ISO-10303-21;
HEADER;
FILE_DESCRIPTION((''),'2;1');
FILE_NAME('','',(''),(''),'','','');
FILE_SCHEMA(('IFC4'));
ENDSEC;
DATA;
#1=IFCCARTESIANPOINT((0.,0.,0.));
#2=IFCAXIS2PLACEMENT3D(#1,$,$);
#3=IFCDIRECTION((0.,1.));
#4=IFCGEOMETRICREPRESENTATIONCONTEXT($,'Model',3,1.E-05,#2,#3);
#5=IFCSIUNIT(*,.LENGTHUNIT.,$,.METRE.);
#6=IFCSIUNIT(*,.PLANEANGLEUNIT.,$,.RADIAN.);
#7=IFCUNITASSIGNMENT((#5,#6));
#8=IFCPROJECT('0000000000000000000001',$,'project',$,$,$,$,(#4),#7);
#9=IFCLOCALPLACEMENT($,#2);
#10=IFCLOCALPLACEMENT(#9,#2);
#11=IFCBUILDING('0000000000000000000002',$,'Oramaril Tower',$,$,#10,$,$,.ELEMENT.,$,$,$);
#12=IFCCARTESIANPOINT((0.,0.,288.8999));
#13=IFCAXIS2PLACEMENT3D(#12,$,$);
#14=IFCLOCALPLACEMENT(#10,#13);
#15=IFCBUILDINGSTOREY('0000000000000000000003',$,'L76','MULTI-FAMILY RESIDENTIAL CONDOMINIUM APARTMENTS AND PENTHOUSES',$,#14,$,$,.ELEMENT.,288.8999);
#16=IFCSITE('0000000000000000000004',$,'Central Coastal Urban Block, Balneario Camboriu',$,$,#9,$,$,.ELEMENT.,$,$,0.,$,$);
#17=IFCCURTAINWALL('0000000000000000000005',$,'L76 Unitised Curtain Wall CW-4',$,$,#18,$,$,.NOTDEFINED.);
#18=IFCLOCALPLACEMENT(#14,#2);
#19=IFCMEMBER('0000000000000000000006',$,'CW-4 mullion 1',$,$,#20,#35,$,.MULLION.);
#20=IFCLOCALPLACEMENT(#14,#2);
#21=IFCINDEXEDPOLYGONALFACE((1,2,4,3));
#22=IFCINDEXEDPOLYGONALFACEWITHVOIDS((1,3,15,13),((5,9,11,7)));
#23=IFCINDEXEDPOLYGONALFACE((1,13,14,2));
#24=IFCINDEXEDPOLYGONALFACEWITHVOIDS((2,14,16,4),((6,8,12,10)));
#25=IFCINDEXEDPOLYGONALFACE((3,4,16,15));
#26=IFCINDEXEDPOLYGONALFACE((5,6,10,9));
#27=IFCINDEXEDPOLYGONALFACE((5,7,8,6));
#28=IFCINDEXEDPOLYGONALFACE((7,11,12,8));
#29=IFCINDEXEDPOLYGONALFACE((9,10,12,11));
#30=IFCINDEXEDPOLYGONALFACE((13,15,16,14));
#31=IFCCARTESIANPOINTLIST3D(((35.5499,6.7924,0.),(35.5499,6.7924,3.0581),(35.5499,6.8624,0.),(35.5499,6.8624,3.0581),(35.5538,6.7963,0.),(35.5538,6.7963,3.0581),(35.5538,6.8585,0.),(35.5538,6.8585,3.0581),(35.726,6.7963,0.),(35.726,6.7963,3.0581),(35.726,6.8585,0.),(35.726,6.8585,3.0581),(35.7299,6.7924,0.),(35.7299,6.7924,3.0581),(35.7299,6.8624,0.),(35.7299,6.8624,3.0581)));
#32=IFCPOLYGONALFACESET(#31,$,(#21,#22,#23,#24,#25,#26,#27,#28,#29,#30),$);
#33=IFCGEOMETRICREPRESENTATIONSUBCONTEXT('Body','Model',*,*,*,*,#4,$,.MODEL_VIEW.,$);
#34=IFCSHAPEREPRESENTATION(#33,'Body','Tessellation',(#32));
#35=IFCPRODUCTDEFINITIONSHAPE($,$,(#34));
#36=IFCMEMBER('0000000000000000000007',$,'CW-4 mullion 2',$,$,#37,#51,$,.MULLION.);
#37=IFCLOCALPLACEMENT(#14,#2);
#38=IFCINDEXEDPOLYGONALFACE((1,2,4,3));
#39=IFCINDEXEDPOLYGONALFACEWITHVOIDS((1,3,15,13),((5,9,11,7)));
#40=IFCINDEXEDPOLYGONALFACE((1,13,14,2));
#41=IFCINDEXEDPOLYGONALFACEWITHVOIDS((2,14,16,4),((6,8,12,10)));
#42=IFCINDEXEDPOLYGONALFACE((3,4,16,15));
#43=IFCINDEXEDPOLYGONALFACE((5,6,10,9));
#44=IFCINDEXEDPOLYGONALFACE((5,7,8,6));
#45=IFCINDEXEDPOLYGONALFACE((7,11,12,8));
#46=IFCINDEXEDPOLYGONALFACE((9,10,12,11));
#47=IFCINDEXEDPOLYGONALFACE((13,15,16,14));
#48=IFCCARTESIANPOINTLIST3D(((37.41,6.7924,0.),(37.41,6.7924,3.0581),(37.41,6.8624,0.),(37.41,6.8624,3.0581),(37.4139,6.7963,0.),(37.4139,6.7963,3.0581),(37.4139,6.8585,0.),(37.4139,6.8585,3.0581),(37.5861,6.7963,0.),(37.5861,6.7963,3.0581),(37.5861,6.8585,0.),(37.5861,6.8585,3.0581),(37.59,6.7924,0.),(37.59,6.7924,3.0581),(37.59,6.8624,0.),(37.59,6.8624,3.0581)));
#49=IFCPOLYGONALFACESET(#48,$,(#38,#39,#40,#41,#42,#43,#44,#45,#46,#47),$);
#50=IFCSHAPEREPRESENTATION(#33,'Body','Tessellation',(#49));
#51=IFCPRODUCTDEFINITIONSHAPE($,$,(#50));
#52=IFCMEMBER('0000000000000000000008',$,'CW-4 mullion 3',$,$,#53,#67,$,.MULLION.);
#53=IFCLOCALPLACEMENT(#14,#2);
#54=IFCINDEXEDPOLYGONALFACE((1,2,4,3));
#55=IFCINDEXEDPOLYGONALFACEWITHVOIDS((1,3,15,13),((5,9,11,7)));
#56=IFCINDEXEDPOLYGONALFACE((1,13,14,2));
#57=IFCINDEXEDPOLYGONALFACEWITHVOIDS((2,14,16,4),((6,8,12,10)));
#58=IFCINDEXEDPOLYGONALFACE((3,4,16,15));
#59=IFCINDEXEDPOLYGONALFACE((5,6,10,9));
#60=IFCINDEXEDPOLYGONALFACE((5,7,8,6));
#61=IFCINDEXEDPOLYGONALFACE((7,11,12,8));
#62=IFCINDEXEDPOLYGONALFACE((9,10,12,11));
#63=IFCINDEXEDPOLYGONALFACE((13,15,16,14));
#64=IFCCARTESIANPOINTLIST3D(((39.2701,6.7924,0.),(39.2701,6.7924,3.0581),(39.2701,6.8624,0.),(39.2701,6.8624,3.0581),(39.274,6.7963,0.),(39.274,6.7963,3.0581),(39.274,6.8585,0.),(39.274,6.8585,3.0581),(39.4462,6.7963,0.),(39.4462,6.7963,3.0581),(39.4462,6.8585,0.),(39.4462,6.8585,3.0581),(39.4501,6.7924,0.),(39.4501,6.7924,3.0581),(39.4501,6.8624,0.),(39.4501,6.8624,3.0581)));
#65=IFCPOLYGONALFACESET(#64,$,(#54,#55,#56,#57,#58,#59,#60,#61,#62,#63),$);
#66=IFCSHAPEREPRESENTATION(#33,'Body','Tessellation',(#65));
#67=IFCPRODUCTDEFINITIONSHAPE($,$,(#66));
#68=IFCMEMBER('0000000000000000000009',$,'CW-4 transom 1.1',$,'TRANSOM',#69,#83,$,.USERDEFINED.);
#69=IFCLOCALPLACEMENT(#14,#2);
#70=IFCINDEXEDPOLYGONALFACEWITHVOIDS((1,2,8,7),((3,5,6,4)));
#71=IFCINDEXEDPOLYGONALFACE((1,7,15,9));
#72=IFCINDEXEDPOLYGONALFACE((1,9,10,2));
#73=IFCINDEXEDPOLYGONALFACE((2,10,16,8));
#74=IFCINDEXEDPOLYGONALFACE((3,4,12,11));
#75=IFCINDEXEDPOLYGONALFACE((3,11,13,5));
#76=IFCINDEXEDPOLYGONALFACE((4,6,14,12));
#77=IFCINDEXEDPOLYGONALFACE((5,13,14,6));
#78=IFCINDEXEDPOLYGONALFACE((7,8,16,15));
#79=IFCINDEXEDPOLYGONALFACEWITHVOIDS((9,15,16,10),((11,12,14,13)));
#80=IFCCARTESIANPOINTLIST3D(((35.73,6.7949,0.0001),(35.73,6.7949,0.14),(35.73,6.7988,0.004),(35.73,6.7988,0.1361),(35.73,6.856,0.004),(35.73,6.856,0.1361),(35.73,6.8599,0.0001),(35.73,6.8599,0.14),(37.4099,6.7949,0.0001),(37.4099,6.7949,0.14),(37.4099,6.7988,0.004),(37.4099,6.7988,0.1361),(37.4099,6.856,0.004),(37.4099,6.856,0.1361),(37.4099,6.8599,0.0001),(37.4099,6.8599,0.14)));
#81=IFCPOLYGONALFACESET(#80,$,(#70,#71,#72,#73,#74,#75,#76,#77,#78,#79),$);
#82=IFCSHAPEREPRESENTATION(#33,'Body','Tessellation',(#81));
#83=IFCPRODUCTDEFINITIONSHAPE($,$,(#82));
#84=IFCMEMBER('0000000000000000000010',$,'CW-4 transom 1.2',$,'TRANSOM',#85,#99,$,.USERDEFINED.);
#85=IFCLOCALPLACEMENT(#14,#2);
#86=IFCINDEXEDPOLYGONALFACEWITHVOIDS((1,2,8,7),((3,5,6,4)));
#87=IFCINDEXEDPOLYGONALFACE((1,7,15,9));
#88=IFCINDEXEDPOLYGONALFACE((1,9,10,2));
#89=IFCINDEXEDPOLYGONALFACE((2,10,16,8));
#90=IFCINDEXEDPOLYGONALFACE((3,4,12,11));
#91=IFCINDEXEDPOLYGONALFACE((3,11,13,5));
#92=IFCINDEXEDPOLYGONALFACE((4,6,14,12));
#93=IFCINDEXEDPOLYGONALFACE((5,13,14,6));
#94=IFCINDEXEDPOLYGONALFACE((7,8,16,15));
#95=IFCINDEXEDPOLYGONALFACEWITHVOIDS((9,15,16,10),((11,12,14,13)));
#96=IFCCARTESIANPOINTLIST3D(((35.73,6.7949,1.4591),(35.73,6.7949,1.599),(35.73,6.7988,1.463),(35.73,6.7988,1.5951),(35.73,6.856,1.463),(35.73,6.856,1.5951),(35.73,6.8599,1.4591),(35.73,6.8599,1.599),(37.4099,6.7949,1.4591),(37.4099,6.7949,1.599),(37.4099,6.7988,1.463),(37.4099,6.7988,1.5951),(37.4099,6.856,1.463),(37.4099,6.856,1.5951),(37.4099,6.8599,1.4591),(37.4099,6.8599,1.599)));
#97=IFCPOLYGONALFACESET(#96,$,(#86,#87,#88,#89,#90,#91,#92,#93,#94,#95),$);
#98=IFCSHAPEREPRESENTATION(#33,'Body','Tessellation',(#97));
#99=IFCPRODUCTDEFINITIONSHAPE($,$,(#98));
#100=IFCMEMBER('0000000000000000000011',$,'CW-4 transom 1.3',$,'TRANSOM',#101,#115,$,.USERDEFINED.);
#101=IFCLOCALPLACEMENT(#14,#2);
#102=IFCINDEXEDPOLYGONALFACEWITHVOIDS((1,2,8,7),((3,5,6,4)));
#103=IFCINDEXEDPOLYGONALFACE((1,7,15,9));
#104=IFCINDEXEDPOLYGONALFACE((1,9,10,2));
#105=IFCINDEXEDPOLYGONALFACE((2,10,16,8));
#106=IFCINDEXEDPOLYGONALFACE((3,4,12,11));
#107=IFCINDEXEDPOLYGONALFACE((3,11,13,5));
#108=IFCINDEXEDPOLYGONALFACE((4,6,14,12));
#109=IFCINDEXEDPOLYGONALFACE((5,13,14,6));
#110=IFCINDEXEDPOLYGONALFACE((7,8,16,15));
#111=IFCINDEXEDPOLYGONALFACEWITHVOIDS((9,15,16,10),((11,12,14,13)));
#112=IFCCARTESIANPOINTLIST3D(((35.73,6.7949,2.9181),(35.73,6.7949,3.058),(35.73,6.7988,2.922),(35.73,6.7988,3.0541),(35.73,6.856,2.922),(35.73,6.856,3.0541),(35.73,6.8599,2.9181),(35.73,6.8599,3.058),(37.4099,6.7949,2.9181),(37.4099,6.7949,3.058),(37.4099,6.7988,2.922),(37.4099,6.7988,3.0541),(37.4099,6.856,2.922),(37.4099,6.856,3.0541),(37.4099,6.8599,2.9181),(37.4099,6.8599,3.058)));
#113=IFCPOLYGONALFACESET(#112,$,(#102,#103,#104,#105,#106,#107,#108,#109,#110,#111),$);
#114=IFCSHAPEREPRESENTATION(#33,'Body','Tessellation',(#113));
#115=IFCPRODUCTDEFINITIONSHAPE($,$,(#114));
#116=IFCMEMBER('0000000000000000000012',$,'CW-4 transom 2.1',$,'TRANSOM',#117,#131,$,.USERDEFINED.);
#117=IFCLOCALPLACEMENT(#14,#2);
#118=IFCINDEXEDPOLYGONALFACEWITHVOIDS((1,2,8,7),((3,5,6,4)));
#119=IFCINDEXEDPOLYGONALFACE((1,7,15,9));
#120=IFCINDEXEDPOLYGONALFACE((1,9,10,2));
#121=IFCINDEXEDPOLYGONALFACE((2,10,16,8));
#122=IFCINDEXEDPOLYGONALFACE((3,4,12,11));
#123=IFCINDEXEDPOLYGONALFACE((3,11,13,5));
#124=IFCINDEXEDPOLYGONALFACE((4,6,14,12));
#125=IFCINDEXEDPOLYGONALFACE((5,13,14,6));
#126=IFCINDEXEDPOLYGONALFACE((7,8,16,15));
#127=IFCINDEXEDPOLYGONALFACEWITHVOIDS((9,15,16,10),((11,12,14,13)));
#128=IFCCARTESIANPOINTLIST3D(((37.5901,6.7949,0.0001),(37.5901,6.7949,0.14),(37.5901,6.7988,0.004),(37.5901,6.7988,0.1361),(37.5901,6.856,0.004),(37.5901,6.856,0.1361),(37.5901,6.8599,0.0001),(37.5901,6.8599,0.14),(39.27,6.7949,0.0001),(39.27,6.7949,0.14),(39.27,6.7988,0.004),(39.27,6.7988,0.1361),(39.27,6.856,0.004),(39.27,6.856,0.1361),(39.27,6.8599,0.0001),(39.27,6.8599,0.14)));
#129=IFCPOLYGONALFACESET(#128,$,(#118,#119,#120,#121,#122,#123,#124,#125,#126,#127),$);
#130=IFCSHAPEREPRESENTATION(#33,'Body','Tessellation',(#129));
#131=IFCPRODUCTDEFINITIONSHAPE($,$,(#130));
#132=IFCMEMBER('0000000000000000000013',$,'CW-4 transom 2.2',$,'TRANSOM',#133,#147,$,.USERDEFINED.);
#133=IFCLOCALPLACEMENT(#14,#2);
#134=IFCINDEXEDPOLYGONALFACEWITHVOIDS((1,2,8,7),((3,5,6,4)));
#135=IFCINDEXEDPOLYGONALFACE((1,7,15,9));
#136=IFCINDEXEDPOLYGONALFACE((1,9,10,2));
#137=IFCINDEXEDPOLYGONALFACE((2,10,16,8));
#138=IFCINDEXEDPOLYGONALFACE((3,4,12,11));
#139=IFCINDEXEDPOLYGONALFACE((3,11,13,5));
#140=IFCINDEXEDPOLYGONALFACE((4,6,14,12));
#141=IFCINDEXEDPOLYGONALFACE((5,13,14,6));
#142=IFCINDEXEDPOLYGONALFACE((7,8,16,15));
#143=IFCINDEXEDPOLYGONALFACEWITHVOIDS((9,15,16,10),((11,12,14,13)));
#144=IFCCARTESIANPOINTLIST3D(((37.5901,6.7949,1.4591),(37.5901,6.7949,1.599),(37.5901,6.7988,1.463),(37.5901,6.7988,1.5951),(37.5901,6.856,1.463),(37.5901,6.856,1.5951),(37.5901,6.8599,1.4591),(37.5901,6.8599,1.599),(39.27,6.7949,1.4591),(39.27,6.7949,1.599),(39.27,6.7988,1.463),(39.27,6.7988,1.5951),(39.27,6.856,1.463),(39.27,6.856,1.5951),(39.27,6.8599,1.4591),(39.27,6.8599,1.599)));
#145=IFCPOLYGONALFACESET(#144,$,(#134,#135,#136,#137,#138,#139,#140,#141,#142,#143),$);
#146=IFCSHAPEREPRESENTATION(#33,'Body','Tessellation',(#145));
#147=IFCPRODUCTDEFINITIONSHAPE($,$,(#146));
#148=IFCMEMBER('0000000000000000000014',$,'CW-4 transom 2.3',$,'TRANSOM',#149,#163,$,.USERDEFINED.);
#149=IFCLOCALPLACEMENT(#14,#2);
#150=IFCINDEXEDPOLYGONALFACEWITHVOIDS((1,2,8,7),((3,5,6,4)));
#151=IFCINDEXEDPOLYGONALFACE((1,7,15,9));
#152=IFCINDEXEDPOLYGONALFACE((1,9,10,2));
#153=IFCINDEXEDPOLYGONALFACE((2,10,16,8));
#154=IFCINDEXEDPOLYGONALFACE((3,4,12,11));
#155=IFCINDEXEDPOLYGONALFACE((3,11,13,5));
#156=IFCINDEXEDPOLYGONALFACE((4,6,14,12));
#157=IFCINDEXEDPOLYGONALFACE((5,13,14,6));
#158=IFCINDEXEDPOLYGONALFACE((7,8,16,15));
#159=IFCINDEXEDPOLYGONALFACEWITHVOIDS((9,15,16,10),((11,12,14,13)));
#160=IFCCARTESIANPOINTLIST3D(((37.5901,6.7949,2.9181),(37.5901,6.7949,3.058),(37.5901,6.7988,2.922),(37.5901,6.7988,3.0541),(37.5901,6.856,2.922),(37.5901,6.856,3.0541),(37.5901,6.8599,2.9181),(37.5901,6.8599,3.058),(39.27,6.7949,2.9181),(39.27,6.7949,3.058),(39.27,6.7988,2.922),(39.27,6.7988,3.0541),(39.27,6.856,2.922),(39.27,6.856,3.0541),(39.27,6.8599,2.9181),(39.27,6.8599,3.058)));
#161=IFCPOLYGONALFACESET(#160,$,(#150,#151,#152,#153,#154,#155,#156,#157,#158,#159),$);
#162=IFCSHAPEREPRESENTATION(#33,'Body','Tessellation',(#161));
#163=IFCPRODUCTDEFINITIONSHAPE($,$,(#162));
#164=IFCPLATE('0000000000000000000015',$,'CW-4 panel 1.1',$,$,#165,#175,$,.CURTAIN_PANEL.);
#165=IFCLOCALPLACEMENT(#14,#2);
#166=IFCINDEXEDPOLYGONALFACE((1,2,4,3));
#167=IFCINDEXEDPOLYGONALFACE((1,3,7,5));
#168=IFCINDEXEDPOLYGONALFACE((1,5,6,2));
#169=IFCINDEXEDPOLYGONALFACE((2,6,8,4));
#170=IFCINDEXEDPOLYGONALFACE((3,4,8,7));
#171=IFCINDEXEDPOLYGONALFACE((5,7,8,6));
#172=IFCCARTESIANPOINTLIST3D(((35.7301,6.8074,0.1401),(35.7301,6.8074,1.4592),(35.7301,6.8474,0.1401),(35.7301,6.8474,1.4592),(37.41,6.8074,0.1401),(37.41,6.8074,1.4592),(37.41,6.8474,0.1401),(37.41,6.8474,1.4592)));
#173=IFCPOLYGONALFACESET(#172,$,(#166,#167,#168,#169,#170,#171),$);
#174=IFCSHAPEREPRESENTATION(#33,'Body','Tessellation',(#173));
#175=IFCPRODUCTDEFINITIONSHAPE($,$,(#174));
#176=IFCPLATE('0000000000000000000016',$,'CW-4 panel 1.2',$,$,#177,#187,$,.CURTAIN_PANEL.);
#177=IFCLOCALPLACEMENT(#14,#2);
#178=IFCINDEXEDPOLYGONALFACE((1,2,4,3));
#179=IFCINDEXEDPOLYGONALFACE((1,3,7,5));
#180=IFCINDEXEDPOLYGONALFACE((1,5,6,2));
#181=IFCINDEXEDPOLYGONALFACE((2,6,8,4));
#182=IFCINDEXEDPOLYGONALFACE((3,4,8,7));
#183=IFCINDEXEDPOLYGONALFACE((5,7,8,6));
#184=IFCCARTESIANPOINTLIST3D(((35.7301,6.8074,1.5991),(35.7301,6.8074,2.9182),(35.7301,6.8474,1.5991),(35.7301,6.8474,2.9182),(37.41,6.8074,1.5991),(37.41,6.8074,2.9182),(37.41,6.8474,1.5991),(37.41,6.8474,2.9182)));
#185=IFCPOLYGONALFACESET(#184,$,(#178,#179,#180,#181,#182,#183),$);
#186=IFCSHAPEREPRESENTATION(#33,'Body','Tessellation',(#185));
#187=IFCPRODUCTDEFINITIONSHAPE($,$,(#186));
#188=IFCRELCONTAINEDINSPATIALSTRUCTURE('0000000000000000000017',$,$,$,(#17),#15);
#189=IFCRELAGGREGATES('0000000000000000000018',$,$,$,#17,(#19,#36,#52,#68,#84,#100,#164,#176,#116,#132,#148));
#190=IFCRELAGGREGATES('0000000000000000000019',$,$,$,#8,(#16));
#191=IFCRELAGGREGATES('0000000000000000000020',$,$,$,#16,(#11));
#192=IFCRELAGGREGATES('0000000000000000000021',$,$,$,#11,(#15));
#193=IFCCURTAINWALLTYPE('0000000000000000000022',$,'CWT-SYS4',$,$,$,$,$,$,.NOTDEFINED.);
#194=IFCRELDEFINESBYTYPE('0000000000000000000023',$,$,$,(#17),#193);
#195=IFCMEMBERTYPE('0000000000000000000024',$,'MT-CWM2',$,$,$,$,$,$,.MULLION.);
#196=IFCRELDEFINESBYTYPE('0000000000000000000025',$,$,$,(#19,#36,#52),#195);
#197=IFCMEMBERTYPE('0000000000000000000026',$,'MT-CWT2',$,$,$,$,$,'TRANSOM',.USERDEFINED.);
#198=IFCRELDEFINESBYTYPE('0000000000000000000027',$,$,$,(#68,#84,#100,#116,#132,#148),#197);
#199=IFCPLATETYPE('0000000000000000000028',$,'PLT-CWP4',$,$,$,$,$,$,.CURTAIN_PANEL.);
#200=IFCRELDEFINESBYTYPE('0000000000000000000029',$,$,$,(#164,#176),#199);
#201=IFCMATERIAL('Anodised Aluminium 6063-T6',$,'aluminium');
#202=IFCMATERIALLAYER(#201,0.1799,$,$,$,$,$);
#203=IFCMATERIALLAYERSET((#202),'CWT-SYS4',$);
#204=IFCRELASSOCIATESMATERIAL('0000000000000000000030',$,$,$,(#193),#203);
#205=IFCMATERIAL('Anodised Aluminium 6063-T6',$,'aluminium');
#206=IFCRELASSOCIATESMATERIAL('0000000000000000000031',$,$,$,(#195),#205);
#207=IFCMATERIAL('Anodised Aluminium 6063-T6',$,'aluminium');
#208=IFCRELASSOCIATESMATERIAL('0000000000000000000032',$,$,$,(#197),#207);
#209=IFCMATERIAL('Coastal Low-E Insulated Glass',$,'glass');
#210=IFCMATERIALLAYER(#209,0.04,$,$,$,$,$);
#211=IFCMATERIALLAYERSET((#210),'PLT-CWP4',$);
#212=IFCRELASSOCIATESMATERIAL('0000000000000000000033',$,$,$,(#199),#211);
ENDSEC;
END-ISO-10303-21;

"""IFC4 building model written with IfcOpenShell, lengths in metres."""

from ifc_helpers import new_model, si_unit, direction, frame, origin, origin_2d, place, context, subcontext, project, spatial, rectangle, hollow_rectangle, extrude, material, layer, layer_set, material_profile, profile_set, type_object, element, aggregate, save


model = new_model("IFC4")

# Units and contexts
model_context = context("Model", 3, precision=1e-05, world=origin(), true_north=direction((0.0, 1.0)))
body_context = subcontext(model_context, "Body", "Model", "MODEL_VIEW")
ifc_project = project(units=[si_unit("LENGTHUNIT", "METRE"), si_unit("PLANEANGLEUNIT", "RADIAN")], contexts=[model_context])

# Site, building, storey
site_placement = place(None, origin())
site = spatial("IfcSite", under=ifc_project, at=site_placement, Name="Central Coastal Urban Block, Balneario Camboriu", CompositionType="ELEMENT", RefElevation=0.0)
building_placement = place(site_placement, origin())
building = spatial("IfcBuilding", under=site, at=building_placement, Name="Oramaril Tower", CompositionType="ELEMENT")
storey_placement = place(building_placement, frame((0.0, 0.0, 288.8999)))
storey = spatial("IfcBuildingStorey", under=building, at=storey_placement, Name="L76", Description="MULTI-FAMILY RESIDENTIAL CONDOMINIUM APARTMENTS AND PENTHOUSES", CompositionType="ELEMENT", Elevation=288.8999)

# Curtain wall, members, plates
ifc_material_1 = material(Name="Anodised Aluminium 6063-T6", Category="aluminium")
ifc_layer_1 = layer(ifc_material_1, 0.1799)
ifc_layer_set_1 = layer_set([ifc_layer_1], Name="CWT-SYS4")
curtain_wall_type = type_object("IfcCurtainWallType", Name="CWT-SYS4", PredefinedType="NOTDEFINED", material=ifc_layer_set_1)
curtain_wall_placement = place(storey_placement, origin())
curtain_wall = element("IfcCurtainWall", 1, at=curtain_wall_placement, inside=storey, type_object=curtain_wall_type, Name="L76 Unitised Curtain Wall CW-4", PredefinedType="NOTDEFINED")
ifc_material_2 = material(Name="Anodised Aluminium 6063-T6", Category="aluminium")
ifc_material_profile_1 = material_profile(ifc_material_2, hollow_rectangle(XDim=0.0701, YDim=0.1799, WallThickness=0.0039, at=origin_2d()), Name="CWM180X70")
ifc_profile_set_1 = profile_set([ifc_material_profile_1], Name="Anodised Aluminium 6063-T6")
member_type_1 = type_object("IfcMemberType", Name="MT-CWM2", PredefinedType="MULLION", material=ifc_profile_set_1)
member_1_placement = place(storey_placement, frame((35.6399, 6.8274, 0.0), z_axis=(0.0, 0.0, 1.0), x_axis=(0.0, 1.0, 0.0)))
member_1 = element("IfcMember", 2, at=member_1_placement, type_object=member_type_1, Name="CW-4 mullion 1", PredefinedType="MULLION", context=body_context, shape_type="SweptSolid", body=[
    extrude(hollow_rectangle(XDim=0.0701, YDim=0.1799, WallThickness=0.0039, at=origin_2d()), origin(), (0.0, 0.0, 1.0), 3.0581),
])
member_2_placement = place(storey_placement, frame((37.5, 6.8274, 0.0), z_axis=(0.0, 0.0, 1.0), x_axis=(0.0, 1.0, 0.0)))
member_2 = element("IfcMember", 3, at=member_2_placement, type_object=member_type_1, Name="CW-4 mullion 2", PredefinedType="MULLION", context=body_context, shape_type="SweptSolid", body=[
    extrude(hollow_rectangle(XDim=0.0701, YDim=0.1799, WallThickness=0.0039, at=origin_2d()), origin(), (0.0, 0.0, 1.0), 3.0581),
])
member_3_placement = place(storey_placement, frame((39.3601, 6.8274, 0.0), z_axis=(0.0, 0.0, 1.0), x_axis=(0.0, 1.0, 0.0)))
member_3 = element("IfcMember", 4, at=member_3_placement, type_object=member_type_1, Name="CW-4 mullion 3", PredefinedType="MULLION", context=body_context, shape_type="SweptSolid", body=[
    extrude(hollow_rectangle(XDim=0.0701, YDim=0.1799, WallThickness=0.0039, at=origin_2d()), origin(), (0.0, 0.0, 1.0), 3.0581),
])
ifc_material_3 = material(Name="Anodised Aluminium 6063-T6", Category="aluminium")
ifc_material_profile_2 = material_profile(ifc_material_3, hollow_rectangle(XDim=0.0649, YDim=0.1399, WallThickness=0.0039, at=origin_2d()), Name="CWT140X65")
ifc_profile_set_2 = profile_set([ifc_material_profile_2], Name="Anodised Aluminium 6063-T6")
member_type_2 = type_object("IfcMemberType", Name="MT-CWT2", ElementType="TRANSOM", PredefinedType="USERDEFINED", material=ifc_profile_set_2)
member_4_placement = place(storey_placement, frame((35.73, 6.8274, 0.0701), z_axis=(1.0, 0.0, 0.0), x_axis=(0.0, 1.0, 0.0)))
member_4 = element("IfcMember", 5, at=member_4_placement, type_object=member_type_2, Name="CW-4 transom 1.1", ObjectType="TRANSOM", PredefinedType="USERDEFINED", context=body_context, shape_type="SweptSolid", body=[
    extrude(hollow_rectangle(XDim=0.0649, YDim=0.1399, WallThickness=0.0039, at=origin_2d()), origin(), (0.0, 0.0, 1.0), 1.6799),
])
member_5_placement = place(storey_placement, frame((35.73, 6.8274, 1.5291), z_axis=(1.0, 0.0, 0.0), x_axis=(0.0, 1.0, 0.0)))
member_5 = element("IfcMember", 6, at=member_5_placement, type_object=member_type_2, Name="CW-4 transom 1.2", ObjectType="TRANSOM", PredefinedType="USERDEFINED", context=body_context, shape_type="SweptSolid", body=[
    extrude(hollow_rectangle(XDim=0.0649, YDim=0.1399, WallThickness=0.0039, at=origin_2d()), origin(), (0.0, 0.0, 1.0), 1.6799),
])
member_6_placement = place(storey_placement, frame((35.73, 6.8274, 2.988), z_axis=(1.0, 0.0, 0.0), x_axis=(0.0, 1.0, 0.0)))
member_6 = element("IfcMember", 7, at=member_6_placement, type_object=member_type_2, Name="CW-4 transom 1.3", ObjectType="TRANSOM", PredefinedType="USERDEFINED", context=body_context, shape_type="SweptSolid", body=[
    extrude(hollow_rectangle(XDim=0.0649, YDim=0.1399, WallThickness=0.0039, at=origin_2d()), origin(), (0.0, 0.0, 1.0), 1.6799),
])
member_7_placement = place(storey_placement, frame((37.5901, 6.8274, 0.0701), z_axis=(1.0, 0.0, 0.0), x_axis=(0.0, 1.0, 0.0)))
member_7 = element("IfcMember", 8, at=member_7_placement, type_object=member_type_2, Name="CW-4 transom 2.1", ObjectType="TRANSOM", PredefinedType="USERDEFINED", context=body_context, shape_type="SweptSolid", body=[
    extrude(hollow_rectangle(XDim=0.0649, YDim=0.1399, WallThickness=0.0039, at=origin_2d()), origin(), (0.0, 0.0, 1.0), 1.6799),
])
member_8_placement = place(storey_placement, frame((37.5901, 6.8274, 1.5291), z_axis=(1.0, 0.0, 0.0), x_axis=(0.0, 1.0, 0.0)))
member_8 = element("IfcMember", 9, at=member_8_placement, type_object=member_type_2, Name="CW-4 transom 2.2", ObjectType="TRANSOM", PredefinedType="USERDEFINED", context=body_context, shape_type="SweptSolid", body=[
    extrude(hollow_rectangle(XDim=0.0649, YDim=0.1399, WallThickness=0.0039, at=origin_2d()), origin(), (0.0, 0.0, 1.0), 1.6799),
])
member_9_placement = place(storey_placement, frame((37.5901, 6.8274, 2.988), z_axis=(1.0, 0.0, 0.0), x_axis=(0.0, 1.0, 0.0)))
member_9 = element("IfcMember", 10, at=member_9_placement, type_object=member_type_2, Name="CW-4 transom 2.3", ObjectType="TRANSOM", PredefinedType="USERDEFINED", context=body_context, shape_type="SweptSolid", body=[
    extrude(hollow_rectangle(XDim=0.0649, YDim=0.1399, WallThickness=0.0039, at=origin_2d()), origin(), (0.0, 0.0, 1.0), 1.6799),
])
ifc_material_4 = material(Name="Coastal Low-E Insulated Glass", Category="glass")
ifc_layer_2 = layer(ifc_material_4, 0.04)
ifc_layer_set_2 = layer_set([ifc_layer_2], Name="PLT-CWP4")
plate_type = type_object("IfcPlateType", Name="PLT-CWP4", PredefinedType="CURTAIN_PANEL", material=ifc_layer_set_2)
plate_1_placement = place(storey_placement, frame((36.5701, 6.8274, 0.1401), z_axis=(0.0, 0.0, 1.0), x_axis=(1.0, 0.0, 0.0)))
plate_1 = element("IfcPlate", 11, at=plate_1_placement, type_object=plate_type, Name="CW-4 panel 1.1", PredefinedType="CURTAIN_PANEL", context=body_context, shape_type="SweptSolid", body=[
    extrude(rectangle(XDim=1.6799, YDim=0.04, at=origin_2d()), origin(), (0.0, 0.0, 1.0), 1.3191),
])
plate_2_placement = place(storey_placement, frame((36.5701, 6.8274, 1.5991), z_axis=(0.0, 0.0, 1.0), x_axis=(1.0, 0.0, 0.0)))
plate_2 = element("IfcPlate", 12, at=plate_2_placement, type_object=plate_type, Name="CW-4 panel 1.2", PredefinedType="CURTAIN_PANEL", context=body_context, shape_type="SweptSolid", body=[
    extrude(rectangle(XDim=1.6799, YDim=0.04, at=origin_2d()), origin(), (0.0, 0.0, 1.0), 1.3191),
])
aggregate(curtain_wall, [member_1, member_2, member_3, member_4, member_5, member_6, plate_1, plate_2, member_7, member_8, member_9])

save(model, "model.ifc")
